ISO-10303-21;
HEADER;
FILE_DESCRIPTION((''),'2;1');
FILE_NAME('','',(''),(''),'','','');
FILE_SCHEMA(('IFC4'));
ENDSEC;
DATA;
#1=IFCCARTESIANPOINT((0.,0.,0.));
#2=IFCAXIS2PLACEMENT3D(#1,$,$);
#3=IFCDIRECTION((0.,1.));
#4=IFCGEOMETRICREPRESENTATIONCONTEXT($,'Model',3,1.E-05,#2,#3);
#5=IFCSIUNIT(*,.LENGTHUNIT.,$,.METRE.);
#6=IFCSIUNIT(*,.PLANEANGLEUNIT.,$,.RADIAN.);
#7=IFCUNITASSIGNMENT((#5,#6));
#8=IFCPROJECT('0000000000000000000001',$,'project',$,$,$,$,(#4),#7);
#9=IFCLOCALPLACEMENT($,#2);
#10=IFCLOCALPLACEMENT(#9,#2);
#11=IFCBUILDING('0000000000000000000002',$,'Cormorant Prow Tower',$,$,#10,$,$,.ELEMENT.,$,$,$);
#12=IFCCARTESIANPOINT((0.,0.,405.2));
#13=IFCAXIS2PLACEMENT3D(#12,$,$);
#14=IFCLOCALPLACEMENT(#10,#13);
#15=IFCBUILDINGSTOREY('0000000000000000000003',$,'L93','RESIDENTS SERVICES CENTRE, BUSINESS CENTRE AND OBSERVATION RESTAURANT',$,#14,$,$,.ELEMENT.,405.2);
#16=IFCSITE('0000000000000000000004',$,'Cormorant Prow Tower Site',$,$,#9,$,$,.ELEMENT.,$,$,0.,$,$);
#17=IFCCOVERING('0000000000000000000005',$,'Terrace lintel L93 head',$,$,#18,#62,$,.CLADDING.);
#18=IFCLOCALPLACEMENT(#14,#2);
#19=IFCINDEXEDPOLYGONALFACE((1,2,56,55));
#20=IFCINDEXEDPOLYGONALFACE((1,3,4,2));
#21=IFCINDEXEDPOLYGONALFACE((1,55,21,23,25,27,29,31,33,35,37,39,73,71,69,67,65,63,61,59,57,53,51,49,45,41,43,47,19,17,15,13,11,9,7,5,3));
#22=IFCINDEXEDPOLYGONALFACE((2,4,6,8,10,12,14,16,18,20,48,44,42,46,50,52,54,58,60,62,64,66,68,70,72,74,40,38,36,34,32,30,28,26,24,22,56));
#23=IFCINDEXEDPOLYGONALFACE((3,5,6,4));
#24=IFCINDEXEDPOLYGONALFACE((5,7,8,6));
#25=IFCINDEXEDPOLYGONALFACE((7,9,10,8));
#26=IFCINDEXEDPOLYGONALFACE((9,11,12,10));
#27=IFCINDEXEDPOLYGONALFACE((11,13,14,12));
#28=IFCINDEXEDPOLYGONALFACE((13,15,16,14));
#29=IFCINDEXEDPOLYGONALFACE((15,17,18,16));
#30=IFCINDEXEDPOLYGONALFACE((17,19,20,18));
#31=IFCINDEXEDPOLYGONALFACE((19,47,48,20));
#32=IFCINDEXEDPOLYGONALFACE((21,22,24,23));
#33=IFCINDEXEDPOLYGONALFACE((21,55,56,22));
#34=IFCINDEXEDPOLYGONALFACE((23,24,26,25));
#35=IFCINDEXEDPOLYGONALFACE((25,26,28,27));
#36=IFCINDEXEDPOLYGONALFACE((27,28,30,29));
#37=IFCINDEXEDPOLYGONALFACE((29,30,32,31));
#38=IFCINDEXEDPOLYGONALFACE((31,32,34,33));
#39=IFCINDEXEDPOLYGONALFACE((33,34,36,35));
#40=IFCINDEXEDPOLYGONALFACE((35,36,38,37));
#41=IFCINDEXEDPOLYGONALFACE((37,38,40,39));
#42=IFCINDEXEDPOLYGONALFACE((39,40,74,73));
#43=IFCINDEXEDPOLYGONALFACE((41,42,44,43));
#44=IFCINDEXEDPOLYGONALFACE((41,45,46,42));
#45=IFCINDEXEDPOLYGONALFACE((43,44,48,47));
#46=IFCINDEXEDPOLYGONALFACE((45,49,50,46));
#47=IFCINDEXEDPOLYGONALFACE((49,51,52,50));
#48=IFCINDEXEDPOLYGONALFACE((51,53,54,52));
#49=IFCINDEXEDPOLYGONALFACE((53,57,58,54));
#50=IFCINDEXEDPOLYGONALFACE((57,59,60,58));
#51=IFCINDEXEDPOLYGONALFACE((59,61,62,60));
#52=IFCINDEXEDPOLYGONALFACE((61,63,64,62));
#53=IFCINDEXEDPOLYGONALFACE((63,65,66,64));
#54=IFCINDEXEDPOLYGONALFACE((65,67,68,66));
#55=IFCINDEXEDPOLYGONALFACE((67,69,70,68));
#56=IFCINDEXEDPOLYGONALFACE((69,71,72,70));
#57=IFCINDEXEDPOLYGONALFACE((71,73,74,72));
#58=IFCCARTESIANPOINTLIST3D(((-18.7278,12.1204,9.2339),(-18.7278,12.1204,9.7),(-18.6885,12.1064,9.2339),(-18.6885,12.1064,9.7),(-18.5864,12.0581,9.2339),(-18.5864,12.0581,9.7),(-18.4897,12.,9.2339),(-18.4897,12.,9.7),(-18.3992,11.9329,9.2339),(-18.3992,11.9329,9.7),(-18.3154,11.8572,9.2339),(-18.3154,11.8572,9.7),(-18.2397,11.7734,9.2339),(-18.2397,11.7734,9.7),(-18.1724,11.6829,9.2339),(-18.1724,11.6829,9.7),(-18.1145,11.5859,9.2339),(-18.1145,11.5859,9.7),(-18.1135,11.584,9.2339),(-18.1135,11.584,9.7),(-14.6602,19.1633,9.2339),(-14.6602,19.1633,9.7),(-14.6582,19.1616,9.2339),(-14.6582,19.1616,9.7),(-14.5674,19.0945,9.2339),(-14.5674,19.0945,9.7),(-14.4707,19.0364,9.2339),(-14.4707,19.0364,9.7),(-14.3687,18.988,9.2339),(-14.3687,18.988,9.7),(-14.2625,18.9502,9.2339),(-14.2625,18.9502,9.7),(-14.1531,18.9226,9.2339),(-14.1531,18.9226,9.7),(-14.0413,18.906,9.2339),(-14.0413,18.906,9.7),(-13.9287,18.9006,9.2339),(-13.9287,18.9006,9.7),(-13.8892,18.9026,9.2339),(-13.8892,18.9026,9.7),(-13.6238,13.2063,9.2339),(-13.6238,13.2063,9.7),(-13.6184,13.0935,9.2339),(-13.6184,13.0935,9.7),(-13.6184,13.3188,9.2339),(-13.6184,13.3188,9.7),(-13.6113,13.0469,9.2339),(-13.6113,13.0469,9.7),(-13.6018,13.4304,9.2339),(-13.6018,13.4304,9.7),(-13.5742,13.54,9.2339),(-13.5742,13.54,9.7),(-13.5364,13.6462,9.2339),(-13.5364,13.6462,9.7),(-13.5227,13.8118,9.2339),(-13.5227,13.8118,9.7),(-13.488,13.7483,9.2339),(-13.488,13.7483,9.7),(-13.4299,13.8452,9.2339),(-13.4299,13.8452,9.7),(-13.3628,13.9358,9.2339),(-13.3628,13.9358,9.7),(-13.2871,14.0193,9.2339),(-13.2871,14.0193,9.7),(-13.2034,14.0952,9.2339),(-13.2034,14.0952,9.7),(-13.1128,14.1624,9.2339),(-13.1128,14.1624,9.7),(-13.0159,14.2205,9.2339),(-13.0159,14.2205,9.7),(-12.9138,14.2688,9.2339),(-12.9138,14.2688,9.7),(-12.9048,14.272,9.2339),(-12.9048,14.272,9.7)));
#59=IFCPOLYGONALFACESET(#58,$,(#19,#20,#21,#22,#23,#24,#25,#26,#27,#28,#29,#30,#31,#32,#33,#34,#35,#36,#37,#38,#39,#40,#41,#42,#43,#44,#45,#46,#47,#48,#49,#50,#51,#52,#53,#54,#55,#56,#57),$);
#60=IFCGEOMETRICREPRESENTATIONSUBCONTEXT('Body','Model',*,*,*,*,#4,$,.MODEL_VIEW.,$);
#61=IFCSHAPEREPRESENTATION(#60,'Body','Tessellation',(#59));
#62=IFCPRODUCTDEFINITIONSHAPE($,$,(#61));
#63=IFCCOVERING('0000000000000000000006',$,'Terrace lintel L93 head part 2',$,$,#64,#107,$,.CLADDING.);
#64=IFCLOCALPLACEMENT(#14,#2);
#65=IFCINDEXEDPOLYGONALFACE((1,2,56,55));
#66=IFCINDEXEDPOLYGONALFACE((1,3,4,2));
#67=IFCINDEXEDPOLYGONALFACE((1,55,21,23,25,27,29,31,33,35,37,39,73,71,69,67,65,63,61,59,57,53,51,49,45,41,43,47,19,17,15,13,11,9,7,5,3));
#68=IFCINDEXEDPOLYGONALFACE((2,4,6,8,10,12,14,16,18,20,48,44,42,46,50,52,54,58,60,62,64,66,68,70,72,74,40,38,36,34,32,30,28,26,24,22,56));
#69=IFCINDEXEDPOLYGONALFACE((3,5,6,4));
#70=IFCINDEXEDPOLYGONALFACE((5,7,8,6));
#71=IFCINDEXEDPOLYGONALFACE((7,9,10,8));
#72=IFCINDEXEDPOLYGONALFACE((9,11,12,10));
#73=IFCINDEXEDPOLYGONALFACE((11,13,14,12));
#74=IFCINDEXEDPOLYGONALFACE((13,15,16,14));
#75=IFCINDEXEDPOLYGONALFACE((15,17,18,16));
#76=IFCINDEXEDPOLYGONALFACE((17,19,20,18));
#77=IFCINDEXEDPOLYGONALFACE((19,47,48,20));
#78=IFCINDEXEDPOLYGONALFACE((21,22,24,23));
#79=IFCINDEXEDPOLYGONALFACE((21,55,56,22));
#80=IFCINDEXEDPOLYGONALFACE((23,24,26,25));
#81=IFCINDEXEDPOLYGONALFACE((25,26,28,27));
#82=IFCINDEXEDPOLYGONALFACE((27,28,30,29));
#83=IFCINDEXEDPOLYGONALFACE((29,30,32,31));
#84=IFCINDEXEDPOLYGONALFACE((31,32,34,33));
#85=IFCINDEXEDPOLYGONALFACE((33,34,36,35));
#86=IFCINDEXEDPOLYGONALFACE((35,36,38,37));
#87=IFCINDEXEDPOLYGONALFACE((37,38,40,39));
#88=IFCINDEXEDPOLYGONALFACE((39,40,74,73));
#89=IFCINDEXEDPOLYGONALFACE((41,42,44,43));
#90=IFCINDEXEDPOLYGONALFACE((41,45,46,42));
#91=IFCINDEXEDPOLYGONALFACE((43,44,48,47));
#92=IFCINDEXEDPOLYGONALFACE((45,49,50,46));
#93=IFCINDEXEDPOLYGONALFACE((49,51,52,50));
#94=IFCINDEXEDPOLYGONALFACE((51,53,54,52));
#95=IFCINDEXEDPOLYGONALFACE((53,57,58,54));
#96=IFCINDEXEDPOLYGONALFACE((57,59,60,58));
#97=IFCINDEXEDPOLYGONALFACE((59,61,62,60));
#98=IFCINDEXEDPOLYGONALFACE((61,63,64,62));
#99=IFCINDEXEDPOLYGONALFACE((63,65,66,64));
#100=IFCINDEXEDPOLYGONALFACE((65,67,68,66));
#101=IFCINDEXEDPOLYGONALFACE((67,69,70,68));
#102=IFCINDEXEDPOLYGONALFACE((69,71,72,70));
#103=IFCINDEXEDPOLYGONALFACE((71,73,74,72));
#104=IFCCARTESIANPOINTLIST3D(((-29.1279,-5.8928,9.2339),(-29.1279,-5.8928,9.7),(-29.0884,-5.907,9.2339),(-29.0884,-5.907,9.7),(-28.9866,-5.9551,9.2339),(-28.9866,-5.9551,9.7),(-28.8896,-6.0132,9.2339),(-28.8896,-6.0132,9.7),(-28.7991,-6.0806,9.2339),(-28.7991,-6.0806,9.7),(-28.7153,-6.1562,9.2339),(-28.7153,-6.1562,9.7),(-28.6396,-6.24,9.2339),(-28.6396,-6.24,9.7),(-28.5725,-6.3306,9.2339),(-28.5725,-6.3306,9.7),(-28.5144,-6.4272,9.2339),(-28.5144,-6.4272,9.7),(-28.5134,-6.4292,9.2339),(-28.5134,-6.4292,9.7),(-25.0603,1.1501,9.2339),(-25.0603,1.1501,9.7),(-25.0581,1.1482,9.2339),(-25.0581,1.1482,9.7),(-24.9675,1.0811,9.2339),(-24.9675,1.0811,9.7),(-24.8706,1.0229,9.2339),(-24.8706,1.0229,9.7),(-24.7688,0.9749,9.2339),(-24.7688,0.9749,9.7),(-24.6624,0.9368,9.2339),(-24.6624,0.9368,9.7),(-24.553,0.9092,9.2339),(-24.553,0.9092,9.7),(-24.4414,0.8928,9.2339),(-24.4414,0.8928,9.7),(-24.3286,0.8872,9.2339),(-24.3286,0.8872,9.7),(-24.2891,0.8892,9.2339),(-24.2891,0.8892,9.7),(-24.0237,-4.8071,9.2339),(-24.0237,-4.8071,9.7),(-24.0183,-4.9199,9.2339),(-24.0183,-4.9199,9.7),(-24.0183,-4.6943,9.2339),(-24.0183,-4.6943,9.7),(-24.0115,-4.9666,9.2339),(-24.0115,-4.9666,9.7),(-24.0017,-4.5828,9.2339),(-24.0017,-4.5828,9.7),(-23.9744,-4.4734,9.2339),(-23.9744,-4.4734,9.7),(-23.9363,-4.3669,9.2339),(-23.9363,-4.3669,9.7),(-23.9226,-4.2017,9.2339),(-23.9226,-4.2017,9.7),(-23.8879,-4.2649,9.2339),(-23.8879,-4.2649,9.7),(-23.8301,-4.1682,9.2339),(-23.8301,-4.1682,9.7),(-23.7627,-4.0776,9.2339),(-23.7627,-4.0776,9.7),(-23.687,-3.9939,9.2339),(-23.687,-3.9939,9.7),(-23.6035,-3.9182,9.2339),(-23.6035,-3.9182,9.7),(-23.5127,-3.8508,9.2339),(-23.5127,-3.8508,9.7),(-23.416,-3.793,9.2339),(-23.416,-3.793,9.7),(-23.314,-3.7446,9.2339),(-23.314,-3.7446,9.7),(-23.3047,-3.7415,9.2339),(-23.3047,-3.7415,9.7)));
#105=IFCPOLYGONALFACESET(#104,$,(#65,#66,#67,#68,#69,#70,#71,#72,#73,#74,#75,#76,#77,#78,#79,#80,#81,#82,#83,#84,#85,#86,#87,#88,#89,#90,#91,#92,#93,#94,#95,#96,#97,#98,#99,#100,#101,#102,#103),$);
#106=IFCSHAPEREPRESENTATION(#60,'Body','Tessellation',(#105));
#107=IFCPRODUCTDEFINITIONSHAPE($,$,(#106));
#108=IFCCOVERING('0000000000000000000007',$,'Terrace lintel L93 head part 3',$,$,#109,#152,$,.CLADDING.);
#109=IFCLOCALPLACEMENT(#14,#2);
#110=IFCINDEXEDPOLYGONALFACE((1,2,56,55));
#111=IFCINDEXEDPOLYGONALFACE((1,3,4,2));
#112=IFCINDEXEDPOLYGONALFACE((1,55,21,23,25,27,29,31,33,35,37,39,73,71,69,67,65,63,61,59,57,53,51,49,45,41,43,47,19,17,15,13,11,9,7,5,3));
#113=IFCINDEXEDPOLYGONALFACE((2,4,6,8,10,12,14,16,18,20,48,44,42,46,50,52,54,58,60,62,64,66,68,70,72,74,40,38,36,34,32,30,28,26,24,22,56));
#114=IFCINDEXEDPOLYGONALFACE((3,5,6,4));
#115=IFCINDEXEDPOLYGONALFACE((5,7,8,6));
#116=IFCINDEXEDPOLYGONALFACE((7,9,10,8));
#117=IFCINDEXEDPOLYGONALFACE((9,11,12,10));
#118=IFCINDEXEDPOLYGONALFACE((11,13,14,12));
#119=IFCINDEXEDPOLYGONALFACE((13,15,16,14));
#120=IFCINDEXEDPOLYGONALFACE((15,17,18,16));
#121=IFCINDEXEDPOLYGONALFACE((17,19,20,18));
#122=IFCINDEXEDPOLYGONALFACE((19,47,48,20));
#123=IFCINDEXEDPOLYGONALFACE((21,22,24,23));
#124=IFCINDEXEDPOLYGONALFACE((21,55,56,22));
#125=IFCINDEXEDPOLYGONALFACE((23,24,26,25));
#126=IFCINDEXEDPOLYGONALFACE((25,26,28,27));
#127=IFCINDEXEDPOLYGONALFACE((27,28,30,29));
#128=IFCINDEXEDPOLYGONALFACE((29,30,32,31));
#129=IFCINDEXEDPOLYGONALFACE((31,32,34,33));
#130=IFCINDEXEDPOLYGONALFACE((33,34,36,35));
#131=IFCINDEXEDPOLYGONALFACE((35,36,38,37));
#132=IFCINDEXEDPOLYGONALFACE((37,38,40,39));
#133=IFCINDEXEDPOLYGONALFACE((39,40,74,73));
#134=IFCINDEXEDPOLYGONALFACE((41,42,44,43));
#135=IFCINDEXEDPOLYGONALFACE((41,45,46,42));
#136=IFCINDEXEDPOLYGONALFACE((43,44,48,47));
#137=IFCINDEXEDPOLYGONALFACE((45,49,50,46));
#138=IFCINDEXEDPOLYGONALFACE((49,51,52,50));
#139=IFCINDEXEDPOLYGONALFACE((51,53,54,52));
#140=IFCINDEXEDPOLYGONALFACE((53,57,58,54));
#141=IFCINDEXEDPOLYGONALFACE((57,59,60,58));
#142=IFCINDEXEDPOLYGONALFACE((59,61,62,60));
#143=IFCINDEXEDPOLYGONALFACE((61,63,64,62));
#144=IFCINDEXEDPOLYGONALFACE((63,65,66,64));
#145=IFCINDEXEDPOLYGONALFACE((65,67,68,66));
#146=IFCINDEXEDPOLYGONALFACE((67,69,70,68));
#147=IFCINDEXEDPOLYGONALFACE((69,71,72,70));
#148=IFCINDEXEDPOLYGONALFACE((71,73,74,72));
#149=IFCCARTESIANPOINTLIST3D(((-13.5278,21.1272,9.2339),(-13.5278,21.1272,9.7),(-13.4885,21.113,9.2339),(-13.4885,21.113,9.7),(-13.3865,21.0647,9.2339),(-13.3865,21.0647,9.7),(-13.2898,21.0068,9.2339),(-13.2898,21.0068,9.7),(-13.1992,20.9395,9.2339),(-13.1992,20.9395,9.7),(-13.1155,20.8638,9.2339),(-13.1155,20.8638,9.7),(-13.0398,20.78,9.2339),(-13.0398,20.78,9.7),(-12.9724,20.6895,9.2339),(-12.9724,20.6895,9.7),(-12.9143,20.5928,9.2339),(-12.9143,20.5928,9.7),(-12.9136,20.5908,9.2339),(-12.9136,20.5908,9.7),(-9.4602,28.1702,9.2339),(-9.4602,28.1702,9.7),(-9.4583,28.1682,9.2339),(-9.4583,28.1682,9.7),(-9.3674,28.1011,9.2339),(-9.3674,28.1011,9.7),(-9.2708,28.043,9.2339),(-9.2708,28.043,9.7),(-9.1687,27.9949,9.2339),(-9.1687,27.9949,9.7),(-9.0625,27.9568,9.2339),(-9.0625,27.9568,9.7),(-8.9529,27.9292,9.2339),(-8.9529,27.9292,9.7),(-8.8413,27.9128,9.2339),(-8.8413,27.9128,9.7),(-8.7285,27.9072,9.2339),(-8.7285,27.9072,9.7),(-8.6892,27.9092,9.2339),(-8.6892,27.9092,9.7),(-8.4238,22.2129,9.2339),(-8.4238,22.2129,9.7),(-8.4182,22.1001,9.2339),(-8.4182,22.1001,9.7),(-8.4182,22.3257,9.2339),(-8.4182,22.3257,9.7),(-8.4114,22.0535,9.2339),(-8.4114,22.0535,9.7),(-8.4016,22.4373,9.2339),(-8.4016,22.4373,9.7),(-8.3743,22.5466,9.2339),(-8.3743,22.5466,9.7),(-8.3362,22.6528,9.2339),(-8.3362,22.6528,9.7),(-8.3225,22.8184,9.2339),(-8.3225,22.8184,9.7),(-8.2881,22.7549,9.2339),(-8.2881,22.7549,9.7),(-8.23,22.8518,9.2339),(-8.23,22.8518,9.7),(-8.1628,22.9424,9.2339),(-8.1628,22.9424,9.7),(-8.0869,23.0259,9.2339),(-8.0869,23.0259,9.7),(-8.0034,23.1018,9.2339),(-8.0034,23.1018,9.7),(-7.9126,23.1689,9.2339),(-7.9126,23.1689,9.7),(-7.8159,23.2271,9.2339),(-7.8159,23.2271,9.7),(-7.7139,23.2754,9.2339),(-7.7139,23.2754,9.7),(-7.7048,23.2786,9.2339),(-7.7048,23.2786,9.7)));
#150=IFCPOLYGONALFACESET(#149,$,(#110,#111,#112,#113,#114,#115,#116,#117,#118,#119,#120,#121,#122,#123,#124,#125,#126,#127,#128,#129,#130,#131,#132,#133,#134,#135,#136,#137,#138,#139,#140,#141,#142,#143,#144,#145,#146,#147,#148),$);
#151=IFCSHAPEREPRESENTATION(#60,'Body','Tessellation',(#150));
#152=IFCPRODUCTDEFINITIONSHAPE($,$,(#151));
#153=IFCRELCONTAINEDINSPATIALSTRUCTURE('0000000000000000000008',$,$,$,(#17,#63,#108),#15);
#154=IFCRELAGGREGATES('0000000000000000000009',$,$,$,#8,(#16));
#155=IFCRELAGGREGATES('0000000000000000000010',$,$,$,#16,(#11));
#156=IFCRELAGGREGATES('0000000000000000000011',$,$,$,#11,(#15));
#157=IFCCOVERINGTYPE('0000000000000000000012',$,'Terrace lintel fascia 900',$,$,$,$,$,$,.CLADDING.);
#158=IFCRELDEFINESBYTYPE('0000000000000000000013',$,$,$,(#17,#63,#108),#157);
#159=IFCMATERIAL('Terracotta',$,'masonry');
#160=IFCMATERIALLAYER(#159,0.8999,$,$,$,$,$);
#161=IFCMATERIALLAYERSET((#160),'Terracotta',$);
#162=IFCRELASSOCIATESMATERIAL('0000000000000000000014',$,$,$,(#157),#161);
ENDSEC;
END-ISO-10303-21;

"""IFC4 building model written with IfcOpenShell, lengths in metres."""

from ifc_helpers import new_model, si_unit, direction, frame, origin, place, context, subcontext, project, spatial, polyline, outline, extrude, material, layer, layer_set, type_object, element, save


model = new_model("IFC4")

# Units and contexts
model_context = context("Model", 3, precision=1e-05, world=origin(), true_north=direction((0.0, 1.0)))
body_context = subcontext(model_context, "Body", "Model", "MODEL_VIEW")
ifc_project = project(units=[si_unit("LENGTHUNIT", "METRE"), si_unit("PLANEANGLEUNIT", "RADIAN")], contexts=[model_context])

# Site, building, storey
site_placement = place(None, origin())
site = spatial("IfcSite", under=ifc_project, at=site_placement, Name="Cormorant Prow Tower Site", CompositionType="ELEMENT", RefElevation=0.0)
building_placement = place(site_placement, origin())
building = spatial("IfcBuilding", under=site, at=building_placement, Name="Cormorant Prow Tower", CompositionType="ELEMENT")
storey_placement = place(building_placement, frame((0.0, 0.0, 405.2)))
storey = spatial("IfcBuildingStorey", under=building, at=storey_placement, Name="L93", Description="RESIDENTS SERVICES CENTRE, BUSINESS CENTRE AND OBSERVATION RESTAURANT", CompositionType="ELEMENT", Elevation=405.2)

# Coverings
ifc_material_1 = material(Name="Terracotta", Category="masonry")
ifc_layer_1 = layer(ifc_material_1, 0.8999)
ifc_layer_set_1 = layer_set([ifc_layer_1], Name="Terracotta")
covering_type = type_object("IfcCoveringType", Name="Terrace lintel fascia 900", PredefinedType="CLADDING", material=ifc_layer_set_1)
covering_1_placement = place(storey_placement, frame((0.0, 0.0, 9.2339)))
element("IfcCovering", 1, at=covering_1_placement, inside=storey, type_object=covering_type, Name="Terrace lintel L93 head", PredefinedType="CLADDING", context=body_context, shape_type="SweptSolid", body=[
    extrude(outline(polyline([(-12.9138, 14.2688), (-13.0159, 14.2205), (-13.1128, 14.1624), (-13.2034, 14.0952), (-13.2871, 14.0193), (-13.3628, 13.9358), (-13.4299, 13.8452), (-13.488, 13.7483), (-13.5364, 13.6462), (-13.5742, 13.54), (-13.6018, 13.4304), (-13.6184, 13.3188), (-13.6238, 13.2063), (-13.6184, 13.0935), (-13.6113, 13.0469), (-18.1135, 11.584), (-18.1145, 11.5859), (-18.1724, 11.6829), (-18.2397, 11.7734), (-18.3154, 11.8572), (-18.3992, 11.9329), (-18.4897, 12.0), (-18.5864, 12.0581), (-18.6885, 12.1064), (-18.7278, 12.1204), (-13.5227, 13.8118), (-14.6602, 19.1633), (-14.6582, 19.1616), (-14.5674, 19.0945), (-14.4707, 19.0364), (-14.3687, 18.988), (-14.2625, 18.9502), (-14.1531, 18.9226), (-14.0413, 18.906), (-13.9287, 18.9006), (-13.8892, 18.9026), (-12.9048, 14.272), (-12.9138, 14.2688)])), origin(), (0.0, 0.0, 1.0), 0.4661),
])
covering_2_placement = place(storey_placement, frame((0.0, 0.0, 9.2339)))
element("IfcCovering", 2, at=covering_2_placement, inside=storey, type_object=covering_type, Name="Terrace lintel L93 head part 2", PredefinedType="CLADDING", context=body_context, shape_type="SweptSolid", body=[
    extrude(outline(polyline([(-23.314, -3.7446), (-23.416, -3.793), (-23.5127, -3.8508), (-23.6035, -3.9182), (-23.687, -3.9939), (-23.7627, -4.0776), (-23.8301, -4.1682), (-23.8879, -4.2649), (-23.9363, -4.3669), (-23.9744, -4.4734), (-24.0017, -4.5828), (-24.0183, -4.6943), (-24.0237, -4.8071), (-24.0183, -4.9199), (-24.0115, -4.9666), (-28.5134, -6.4292), (-28.5144, -6.4272), (-28.5725, -6.3306), (-28.6396, -6.24), (-28.7153, -6.1562), (-28.7991, -6.0806), (-28.8896, -6.0132), (-28.9866, -5.9551), (-29.0884, -5.907), (-29.1279, -5.8928), (-23.9226, -4.2017), (-25.0603, 1.1501), (-25.0581, 1.1482), (-24.9675, 1.0811), (-24.8706, 1.0229), (-24.7688, 0.9749), (-24.6624, 0.9368), (-24.553, 0.9092), (-24.4414, 0.8928), (-24.3286, 0.8872), (-24.2891, 0.8892), (-23.3047, -3.7415), (-23.314, -3.7446)])), origin(), (0.0, 0.0, 1.0), 0.4661),
])
covering_3_placement = place(storey_placement, frame((0.0, 0.0, 9.2339)))
element("IfcCovering", 3, at=covering_3_placement, inside=storey, type_object=covering_type, Name="Terrace lintel L93 head part 3", PredefinedType="CLADDING", context=body_context, shape_type="SweptSolid", body=[
    extrude(outline(polyline([(-12.9143, 20.5928), (-12.9724, 20.6895), (-13.0398, 20.78), (-13.1155, 20.8638), (-13.1992, 20.9395), (-13.2898, 21.0068), (-13.3865, 21.0647), (-13.4885, 21.113), (-13.5278, 21.1272), (-8.3225, 22.8184), (-9.4602, 28.1702), (-9.4583, 28.1682), (-9.3674, 28.1011), (-9.2708, 28.043), (-9.1687, 27.9949), (-9.0625, 27.9568), (-8.9529, 27.9292), (-8.8413, 27.9128), (-8.7285, 27.9072), (-8.6892, 27.9092), (-7.7048, 23.2786), (-7.7139, 23.2754), (-7.8159, 23.2271), (-7.9126, 23.1689), (-8.0034, 23.1018), (-8.0869, 23.0259), (-8.1628, 22.9424), (-8.23, 22.8518), (-8.2881, 22.7549), (-8.3362, 22.6528), (-8.3743, 22.5466), (-8.4016, 22.4373), (-8.4182, 22.3257), (-8.4238, 22.2129), (-8.4182, 22.1001), (-8.4114, 22.0535), (-12.9136, 20.5908), (-12.9143, 20.5928)])), origin(), (0.0, 0.0, 1.0), 0.4661),
])

save(model, "model.ifc")
